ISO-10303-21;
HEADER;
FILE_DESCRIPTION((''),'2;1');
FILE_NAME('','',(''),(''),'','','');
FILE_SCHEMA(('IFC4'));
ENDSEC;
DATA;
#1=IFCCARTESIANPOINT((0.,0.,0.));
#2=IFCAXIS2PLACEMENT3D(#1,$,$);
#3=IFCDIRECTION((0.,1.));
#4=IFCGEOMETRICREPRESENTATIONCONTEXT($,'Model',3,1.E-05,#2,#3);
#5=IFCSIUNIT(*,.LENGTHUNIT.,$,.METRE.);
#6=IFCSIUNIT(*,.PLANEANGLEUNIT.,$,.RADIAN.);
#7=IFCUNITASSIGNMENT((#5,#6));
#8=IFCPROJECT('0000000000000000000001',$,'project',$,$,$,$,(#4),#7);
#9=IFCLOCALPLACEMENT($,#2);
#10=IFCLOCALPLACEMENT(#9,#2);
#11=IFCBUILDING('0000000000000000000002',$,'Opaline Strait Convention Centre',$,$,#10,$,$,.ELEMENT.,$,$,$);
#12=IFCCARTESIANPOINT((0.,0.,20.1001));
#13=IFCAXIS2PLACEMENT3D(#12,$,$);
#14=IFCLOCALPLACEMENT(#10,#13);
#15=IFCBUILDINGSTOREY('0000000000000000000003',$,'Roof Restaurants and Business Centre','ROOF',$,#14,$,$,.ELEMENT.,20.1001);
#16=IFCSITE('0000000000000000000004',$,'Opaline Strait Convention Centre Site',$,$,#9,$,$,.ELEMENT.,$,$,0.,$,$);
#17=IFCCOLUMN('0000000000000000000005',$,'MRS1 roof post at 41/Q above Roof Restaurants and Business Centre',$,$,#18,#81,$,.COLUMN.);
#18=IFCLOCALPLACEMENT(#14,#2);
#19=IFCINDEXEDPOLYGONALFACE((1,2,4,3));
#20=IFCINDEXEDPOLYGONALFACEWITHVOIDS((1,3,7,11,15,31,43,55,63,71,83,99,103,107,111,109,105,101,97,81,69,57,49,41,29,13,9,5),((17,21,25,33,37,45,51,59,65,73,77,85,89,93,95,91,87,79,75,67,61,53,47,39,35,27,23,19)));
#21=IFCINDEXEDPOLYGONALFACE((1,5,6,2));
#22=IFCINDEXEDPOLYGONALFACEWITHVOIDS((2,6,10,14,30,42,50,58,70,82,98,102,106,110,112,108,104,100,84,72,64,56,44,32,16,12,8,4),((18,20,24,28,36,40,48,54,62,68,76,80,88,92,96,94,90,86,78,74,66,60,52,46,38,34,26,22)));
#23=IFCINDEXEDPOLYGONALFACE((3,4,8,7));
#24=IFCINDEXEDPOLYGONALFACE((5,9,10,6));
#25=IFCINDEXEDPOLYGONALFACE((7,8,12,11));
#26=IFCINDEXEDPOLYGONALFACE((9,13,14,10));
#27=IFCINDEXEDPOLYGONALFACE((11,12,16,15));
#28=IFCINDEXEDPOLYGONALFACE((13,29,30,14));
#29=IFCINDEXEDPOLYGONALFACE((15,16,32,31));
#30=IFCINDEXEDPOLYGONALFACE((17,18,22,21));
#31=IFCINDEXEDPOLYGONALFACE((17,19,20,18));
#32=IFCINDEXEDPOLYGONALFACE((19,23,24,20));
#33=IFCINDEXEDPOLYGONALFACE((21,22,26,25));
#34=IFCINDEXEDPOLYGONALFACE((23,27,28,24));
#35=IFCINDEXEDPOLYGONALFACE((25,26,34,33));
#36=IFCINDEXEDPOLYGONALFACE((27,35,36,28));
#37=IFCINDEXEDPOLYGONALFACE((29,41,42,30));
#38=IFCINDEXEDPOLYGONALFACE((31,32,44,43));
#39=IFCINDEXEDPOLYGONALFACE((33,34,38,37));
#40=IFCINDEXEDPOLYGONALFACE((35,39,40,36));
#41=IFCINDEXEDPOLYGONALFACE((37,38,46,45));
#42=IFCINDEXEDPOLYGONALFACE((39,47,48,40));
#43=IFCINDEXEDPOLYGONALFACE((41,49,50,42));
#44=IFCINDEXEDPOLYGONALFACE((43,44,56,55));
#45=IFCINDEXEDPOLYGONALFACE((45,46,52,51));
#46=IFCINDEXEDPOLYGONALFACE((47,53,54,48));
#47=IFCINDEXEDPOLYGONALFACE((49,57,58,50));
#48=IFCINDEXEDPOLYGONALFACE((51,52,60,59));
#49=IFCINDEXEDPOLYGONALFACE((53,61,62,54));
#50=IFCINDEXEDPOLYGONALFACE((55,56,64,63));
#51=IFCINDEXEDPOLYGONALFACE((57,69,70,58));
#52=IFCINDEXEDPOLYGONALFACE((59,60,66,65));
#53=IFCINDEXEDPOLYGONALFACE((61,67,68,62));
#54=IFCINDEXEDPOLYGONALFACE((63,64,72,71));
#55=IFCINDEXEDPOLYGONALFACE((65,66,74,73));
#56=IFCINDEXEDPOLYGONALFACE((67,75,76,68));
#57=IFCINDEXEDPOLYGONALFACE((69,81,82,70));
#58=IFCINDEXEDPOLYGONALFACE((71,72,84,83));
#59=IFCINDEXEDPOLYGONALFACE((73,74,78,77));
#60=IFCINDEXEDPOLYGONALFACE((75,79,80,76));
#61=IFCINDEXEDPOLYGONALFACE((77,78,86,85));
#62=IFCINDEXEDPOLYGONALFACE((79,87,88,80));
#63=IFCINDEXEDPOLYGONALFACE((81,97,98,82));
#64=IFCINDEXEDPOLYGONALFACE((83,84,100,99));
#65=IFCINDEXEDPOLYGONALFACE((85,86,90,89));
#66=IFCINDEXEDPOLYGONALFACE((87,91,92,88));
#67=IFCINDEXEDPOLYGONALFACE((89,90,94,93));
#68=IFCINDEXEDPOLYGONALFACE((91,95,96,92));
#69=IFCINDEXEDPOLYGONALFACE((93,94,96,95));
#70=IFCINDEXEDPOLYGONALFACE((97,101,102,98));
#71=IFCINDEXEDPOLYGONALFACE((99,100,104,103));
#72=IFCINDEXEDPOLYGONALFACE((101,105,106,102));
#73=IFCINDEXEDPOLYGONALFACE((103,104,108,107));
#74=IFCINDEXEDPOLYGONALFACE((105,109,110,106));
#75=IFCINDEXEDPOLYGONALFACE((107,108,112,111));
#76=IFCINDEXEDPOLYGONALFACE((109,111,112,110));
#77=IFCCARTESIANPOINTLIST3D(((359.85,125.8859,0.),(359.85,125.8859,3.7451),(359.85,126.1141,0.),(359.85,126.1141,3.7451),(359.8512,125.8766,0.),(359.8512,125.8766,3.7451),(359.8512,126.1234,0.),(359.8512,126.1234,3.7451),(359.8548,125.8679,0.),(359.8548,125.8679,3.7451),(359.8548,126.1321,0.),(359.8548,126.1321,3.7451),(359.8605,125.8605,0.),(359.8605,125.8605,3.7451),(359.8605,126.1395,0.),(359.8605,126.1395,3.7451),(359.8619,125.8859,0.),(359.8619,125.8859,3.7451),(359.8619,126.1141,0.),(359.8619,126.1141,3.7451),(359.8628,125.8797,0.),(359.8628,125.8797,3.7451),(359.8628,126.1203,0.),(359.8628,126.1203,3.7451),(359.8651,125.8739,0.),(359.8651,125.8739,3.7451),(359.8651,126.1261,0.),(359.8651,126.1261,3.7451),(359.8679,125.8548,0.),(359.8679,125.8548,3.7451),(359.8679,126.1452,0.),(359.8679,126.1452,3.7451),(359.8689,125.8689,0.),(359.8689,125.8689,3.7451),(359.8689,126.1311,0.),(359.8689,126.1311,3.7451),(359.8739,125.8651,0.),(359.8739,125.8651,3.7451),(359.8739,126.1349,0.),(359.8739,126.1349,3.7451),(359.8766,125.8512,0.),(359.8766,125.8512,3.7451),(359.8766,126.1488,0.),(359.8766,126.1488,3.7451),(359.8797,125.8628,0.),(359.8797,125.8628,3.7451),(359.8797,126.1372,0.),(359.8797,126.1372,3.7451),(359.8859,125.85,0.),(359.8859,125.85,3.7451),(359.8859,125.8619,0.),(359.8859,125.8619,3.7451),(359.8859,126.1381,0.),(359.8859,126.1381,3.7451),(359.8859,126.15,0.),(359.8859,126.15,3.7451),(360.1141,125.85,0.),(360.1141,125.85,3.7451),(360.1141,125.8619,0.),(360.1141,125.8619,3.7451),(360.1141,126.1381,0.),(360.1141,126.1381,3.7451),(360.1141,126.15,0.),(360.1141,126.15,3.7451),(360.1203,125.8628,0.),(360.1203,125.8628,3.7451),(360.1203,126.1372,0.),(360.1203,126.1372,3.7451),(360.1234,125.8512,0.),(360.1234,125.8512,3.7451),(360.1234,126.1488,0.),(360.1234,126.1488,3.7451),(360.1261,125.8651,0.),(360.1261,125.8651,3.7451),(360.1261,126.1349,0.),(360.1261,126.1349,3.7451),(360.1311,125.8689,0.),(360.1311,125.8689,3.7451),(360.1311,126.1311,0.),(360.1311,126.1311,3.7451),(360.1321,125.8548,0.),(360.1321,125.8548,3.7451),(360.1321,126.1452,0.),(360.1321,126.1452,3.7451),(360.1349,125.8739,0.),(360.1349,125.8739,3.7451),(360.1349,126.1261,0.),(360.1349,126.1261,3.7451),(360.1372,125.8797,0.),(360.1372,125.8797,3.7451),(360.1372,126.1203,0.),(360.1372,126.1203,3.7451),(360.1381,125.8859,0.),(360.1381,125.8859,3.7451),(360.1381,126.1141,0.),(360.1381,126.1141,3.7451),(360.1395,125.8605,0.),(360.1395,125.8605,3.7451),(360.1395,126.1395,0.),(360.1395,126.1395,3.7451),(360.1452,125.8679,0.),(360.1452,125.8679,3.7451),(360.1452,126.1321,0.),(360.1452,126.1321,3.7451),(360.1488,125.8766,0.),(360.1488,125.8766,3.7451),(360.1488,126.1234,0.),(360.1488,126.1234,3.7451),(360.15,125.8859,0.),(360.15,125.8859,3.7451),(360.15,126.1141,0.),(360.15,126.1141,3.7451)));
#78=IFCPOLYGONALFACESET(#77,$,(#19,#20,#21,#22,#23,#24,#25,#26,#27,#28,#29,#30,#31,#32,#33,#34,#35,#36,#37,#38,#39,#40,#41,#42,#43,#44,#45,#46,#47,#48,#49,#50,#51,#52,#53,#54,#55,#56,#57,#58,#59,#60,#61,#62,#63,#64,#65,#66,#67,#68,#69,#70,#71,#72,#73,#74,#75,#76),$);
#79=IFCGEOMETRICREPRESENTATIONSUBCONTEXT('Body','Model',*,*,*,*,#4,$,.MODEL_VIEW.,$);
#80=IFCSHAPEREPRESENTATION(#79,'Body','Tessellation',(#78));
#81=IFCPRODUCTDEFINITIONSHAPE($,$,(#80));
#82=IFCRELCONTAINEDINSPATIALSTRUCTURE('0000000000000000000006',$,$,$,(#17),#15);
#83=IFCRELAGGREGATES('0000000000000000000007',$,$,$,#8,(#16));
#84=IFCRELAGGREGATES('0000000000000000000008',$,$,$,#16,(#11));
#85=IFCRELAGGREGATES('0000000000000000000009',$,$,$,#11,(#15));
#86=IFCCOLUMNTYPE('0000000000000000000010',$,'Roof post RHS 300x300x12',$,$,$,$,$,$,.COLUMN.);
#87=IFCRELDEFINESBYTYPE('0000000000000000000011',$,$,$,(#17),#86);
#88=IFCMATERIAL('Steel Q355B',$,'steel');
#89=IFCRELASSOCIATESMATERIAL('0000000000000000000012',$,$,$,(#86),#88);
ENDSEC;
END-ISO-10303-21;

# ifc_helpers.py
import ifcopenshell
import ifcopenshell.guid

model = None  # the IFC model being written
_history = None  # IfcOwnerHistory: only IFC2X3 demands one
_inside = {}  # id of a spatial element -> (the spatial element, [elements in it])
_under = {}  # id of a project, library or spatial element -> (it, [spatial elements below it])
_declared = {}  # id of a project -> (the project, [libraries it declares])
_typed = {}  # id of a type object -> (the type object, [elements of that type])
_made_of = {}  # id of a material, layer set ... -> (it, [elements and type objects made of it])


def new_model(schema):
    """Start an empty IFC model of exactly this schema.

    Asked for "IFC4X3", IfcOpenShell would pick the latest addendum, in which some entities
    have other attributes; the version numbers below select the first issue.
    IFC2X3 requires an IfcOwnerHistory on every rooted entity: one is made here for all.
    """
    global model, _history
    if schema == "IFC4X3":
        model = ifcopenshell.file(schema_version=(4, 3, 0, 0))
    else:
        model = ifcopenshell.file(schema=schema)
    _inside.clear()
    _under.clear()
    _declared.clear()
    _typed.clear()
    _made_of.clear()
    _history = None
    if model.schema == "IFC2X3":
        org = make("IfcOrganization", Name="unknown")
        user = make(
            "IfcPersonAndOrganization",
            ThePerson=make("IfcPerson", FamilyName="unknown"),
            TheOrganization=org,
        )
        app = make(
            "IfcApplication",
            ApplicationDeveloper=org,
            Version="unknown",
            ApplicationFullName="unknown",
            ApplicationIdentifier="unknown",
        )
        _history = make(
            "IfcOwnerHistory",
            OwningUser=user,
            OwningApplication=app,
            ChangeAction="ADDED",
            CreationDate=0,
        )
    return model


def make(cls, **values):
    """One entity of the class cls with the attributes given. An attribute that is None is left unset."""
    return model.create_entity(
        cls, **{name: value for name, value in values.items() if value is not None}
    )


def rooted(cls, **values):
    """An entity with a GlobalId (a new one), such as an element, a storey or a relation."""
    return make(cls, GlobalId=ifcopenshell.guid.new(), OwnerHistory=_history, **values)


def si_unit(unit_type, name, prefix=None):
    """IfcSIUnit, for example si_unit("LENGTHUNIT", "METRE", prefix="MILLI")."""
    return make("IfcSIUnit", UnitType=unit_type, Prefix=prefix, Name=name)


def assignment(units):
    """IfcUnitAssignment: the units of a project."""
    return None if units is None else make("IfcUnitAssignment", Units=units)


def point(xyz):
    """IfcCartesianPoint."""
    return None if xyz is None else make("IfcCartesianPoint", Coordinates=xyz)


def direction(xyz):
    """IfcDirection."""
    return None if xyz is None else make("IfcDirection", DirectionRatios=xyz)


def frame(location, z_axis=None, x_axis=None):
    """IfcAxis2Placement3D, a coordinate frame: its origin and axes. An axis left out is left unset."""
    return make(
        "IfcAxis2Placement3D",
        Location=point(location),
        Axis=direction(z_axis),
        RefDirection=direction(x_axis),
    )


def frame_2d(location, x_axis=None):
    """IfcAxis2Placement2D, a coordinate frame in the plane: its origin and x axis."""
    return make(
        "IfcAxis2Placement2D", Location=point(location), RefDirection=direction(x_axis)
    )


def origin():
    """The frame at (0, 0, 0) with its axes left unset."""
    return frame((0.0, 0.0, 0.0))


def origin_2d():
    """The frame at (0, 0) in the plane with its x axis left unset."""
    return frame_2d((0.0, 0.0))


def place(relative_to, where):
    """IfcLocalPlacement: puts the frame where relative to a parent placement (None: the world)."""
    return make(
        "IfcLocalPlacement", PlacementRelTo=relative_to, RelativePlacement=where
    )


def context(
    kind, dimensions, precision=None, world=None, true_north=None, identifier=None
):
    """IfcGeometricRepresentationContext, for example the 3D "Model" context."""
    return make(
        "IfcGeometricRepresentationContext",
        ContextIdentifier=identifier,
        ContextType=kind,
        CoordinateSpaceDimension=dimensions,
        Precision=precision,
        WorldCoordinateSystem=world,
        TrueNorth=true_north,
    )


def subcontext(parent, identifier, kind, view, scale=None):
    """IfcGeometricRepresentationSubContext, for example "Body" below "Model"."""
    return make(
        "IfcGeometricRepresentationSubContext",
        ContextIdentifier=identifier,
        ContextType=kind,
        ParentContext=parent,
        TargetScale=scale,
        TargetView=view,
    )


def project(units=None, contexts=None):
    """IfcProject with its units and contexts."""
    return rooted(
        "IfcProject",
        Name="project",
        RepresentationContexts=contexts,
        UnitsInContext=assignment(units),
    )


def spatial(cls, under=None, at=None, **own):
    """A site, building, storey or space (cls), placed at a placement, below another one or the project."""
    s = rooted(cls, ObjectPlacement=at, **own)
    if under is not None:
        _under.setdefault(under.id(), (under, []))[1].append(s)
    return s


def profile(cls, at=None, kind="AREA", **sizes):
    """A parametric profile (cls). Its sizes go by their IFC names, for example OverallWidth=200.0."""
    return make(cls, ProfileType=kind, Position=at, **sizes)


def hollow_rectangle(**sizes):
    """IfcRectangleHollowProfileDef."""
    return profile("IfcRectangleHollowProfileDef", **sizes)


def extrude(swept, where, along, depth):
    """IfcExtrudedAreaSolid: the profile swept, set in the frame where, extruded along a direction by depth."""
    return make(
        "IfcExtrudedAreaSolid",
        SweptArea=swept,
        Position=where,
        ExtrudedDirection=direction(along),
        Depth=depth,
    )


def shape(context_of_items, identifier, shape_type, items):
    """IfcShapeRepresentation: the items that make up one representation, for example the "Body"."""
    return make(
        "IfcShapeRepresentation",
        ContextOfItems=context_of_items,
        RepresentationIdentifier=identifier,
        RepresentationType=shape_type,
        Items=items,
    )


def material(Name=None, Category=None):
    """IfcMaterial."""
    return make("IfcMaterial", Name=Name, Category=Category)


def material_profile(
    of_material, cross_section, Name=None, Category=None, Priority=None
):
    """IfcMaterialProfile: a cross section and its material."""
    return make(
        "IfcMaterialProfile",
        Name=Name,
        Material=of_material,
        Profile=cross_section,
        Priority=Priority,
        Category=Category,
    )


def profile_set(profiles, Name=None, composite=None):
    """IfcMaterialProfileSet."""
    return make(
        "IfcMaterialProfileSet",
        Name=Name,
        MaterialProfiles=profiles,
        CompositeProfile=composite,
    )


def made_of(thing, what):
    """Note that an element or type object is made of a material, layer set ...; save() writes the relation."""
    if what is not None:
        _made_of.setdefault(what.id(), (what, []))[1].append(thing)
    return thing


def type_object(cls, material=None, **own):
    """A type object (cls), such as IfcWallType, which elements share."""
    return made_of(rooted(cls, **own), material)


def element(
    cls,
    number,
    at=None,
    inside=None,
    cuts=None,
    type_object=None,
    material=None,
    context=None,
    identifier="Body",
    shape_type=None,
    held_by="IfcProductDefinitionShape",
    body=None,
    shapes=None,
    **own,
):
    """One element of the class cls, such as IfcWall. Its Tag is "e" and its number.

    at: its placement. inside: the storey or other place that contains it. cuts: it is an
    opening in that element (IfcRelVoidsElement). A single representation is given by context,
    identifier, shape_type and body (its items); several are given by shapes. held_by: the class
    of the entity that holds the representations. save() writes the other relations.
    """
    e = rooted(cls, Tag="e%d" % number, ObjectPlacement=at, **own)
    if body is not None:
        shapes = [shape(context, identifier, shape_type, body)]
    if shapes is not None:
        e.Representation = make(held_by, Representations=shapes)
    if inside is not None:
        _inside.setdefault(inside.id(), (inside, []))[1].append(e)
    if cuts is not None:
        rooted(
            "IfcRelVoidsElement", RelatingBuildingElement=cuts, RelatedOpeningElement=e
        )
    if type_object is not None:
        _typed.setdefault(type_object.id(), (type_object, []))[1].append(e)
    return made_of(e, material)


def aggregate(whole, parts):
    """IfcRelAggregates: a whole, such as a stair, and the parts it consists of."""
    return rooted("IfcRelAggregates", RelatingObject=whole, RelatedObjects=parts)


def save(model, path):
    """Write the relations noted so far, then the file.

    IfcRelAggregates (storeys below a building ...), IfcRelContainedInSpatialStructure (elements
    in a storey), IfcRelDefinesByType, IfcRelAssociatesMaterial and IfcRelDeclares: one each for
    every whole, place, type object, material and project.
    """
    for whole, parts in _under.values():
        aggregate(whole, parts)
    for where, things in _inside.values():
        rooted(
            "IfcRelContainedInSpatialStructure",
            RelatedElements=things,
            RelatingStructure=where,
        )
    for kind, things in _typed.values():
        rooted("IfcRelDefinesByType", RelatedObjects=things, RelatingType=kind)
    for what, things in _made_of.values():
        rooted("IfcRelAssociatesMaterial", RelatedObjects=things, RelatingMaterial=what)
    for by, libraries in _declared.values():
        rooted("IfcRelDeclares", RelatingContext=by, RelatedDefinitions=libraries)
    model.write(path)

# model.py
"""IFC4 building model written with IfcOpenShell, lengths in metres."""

from ifc_helpers import new_model, si_unit, direction, frame, origin, origin_2d, place, context, subcontext, project, spatial, hollow_rectangle, extrude, material, material_profile, profile_set, type_object, element, save


model = new_model("IFC4")

# Units and contexts
model_context = context("Model", 3, precision=1e-05, world=origin(), true_north=direction((0.0, 1.0)))
body_context = subcontext(model_context, "Body", "Model", "MODEL_VIEW")
ifc_project = project(units=[si_unit("LENGTHUNIT", "METRE"), si_unit("PLANEANGLEUNIT", "RADIAN")], contexts=[model_context])

# Site, building, storey
site_placement = place(None, origin())
site = spatial("IfcSite", under=ifc_project, at=site_placement, Name="Opaline Strait Convention Centre Site", CompositionType="ELEMENT", RefElevation=0.0)
building_placement = place(site_placement, origin())
building = spatial("IfcBuilding", under=site, at=building_placement, Name="Opaline Strait Convention Centre", CompositionType="ELEMENT")
storey_placement = place(building_placement, frame((0.0, 0.0, 20.1001)))
storey = spatial("IfcBuildingStorey", under=building, at=storey_placement, Name="Roof Restaurants and Business Centre", Description="ROOF", CompositionType="ELEMENT", Elevation=20.1001)

# Column
ifc_material = material(Name="Steel Q355B", Category="steel")
ifc_material_profile = material_profile(ifc_material, hollow_rectangle(XDim=0.3, YDim=0.3, WallThickness=0.012, InnerFilletRadius=0.0239, OuterFilletRadius=0.0359, at=origin_2d()), Name="RHS 300x300x12")
ifc_profile_set = profile_set([ifc_material_profile], Name="Steel Q355B")
column_type = type_object("IfcColumnType", Name="Roof post RHS 300x300x12", PredefinedType="COLUMN", material=ifc_profile_set)
for number, where, z_axis, x_axis, name in (
    (1, (360.0, 126.0, 0.0), (0.0, 0.0, 1.0), (1.0, 0.0, 0.0), "MRS1 roof post at 41/Q above Roof Restaurants and Business Centre"),
):
    element("IfcColumn", number, at=place(storey_placement, frame(where, z_axis=z_axis, x_axis=x_axis)), inside=storey, type_object=column_type, Name=name, PredefinedType="COLUMN", context=body_context, shape_type="SweptSolid", body=[
        extrude(hollow_rectangle(XDim=0.3, YDim=0.3, WallThickness=0.012, InnerFilletRadius=0.0239, OuterFilletRadius=0.0359, at=origin_2d()), origin(), (0.0, 0.0, 1.0), 3.7451),
    ])

save(model, "model.ifc")
